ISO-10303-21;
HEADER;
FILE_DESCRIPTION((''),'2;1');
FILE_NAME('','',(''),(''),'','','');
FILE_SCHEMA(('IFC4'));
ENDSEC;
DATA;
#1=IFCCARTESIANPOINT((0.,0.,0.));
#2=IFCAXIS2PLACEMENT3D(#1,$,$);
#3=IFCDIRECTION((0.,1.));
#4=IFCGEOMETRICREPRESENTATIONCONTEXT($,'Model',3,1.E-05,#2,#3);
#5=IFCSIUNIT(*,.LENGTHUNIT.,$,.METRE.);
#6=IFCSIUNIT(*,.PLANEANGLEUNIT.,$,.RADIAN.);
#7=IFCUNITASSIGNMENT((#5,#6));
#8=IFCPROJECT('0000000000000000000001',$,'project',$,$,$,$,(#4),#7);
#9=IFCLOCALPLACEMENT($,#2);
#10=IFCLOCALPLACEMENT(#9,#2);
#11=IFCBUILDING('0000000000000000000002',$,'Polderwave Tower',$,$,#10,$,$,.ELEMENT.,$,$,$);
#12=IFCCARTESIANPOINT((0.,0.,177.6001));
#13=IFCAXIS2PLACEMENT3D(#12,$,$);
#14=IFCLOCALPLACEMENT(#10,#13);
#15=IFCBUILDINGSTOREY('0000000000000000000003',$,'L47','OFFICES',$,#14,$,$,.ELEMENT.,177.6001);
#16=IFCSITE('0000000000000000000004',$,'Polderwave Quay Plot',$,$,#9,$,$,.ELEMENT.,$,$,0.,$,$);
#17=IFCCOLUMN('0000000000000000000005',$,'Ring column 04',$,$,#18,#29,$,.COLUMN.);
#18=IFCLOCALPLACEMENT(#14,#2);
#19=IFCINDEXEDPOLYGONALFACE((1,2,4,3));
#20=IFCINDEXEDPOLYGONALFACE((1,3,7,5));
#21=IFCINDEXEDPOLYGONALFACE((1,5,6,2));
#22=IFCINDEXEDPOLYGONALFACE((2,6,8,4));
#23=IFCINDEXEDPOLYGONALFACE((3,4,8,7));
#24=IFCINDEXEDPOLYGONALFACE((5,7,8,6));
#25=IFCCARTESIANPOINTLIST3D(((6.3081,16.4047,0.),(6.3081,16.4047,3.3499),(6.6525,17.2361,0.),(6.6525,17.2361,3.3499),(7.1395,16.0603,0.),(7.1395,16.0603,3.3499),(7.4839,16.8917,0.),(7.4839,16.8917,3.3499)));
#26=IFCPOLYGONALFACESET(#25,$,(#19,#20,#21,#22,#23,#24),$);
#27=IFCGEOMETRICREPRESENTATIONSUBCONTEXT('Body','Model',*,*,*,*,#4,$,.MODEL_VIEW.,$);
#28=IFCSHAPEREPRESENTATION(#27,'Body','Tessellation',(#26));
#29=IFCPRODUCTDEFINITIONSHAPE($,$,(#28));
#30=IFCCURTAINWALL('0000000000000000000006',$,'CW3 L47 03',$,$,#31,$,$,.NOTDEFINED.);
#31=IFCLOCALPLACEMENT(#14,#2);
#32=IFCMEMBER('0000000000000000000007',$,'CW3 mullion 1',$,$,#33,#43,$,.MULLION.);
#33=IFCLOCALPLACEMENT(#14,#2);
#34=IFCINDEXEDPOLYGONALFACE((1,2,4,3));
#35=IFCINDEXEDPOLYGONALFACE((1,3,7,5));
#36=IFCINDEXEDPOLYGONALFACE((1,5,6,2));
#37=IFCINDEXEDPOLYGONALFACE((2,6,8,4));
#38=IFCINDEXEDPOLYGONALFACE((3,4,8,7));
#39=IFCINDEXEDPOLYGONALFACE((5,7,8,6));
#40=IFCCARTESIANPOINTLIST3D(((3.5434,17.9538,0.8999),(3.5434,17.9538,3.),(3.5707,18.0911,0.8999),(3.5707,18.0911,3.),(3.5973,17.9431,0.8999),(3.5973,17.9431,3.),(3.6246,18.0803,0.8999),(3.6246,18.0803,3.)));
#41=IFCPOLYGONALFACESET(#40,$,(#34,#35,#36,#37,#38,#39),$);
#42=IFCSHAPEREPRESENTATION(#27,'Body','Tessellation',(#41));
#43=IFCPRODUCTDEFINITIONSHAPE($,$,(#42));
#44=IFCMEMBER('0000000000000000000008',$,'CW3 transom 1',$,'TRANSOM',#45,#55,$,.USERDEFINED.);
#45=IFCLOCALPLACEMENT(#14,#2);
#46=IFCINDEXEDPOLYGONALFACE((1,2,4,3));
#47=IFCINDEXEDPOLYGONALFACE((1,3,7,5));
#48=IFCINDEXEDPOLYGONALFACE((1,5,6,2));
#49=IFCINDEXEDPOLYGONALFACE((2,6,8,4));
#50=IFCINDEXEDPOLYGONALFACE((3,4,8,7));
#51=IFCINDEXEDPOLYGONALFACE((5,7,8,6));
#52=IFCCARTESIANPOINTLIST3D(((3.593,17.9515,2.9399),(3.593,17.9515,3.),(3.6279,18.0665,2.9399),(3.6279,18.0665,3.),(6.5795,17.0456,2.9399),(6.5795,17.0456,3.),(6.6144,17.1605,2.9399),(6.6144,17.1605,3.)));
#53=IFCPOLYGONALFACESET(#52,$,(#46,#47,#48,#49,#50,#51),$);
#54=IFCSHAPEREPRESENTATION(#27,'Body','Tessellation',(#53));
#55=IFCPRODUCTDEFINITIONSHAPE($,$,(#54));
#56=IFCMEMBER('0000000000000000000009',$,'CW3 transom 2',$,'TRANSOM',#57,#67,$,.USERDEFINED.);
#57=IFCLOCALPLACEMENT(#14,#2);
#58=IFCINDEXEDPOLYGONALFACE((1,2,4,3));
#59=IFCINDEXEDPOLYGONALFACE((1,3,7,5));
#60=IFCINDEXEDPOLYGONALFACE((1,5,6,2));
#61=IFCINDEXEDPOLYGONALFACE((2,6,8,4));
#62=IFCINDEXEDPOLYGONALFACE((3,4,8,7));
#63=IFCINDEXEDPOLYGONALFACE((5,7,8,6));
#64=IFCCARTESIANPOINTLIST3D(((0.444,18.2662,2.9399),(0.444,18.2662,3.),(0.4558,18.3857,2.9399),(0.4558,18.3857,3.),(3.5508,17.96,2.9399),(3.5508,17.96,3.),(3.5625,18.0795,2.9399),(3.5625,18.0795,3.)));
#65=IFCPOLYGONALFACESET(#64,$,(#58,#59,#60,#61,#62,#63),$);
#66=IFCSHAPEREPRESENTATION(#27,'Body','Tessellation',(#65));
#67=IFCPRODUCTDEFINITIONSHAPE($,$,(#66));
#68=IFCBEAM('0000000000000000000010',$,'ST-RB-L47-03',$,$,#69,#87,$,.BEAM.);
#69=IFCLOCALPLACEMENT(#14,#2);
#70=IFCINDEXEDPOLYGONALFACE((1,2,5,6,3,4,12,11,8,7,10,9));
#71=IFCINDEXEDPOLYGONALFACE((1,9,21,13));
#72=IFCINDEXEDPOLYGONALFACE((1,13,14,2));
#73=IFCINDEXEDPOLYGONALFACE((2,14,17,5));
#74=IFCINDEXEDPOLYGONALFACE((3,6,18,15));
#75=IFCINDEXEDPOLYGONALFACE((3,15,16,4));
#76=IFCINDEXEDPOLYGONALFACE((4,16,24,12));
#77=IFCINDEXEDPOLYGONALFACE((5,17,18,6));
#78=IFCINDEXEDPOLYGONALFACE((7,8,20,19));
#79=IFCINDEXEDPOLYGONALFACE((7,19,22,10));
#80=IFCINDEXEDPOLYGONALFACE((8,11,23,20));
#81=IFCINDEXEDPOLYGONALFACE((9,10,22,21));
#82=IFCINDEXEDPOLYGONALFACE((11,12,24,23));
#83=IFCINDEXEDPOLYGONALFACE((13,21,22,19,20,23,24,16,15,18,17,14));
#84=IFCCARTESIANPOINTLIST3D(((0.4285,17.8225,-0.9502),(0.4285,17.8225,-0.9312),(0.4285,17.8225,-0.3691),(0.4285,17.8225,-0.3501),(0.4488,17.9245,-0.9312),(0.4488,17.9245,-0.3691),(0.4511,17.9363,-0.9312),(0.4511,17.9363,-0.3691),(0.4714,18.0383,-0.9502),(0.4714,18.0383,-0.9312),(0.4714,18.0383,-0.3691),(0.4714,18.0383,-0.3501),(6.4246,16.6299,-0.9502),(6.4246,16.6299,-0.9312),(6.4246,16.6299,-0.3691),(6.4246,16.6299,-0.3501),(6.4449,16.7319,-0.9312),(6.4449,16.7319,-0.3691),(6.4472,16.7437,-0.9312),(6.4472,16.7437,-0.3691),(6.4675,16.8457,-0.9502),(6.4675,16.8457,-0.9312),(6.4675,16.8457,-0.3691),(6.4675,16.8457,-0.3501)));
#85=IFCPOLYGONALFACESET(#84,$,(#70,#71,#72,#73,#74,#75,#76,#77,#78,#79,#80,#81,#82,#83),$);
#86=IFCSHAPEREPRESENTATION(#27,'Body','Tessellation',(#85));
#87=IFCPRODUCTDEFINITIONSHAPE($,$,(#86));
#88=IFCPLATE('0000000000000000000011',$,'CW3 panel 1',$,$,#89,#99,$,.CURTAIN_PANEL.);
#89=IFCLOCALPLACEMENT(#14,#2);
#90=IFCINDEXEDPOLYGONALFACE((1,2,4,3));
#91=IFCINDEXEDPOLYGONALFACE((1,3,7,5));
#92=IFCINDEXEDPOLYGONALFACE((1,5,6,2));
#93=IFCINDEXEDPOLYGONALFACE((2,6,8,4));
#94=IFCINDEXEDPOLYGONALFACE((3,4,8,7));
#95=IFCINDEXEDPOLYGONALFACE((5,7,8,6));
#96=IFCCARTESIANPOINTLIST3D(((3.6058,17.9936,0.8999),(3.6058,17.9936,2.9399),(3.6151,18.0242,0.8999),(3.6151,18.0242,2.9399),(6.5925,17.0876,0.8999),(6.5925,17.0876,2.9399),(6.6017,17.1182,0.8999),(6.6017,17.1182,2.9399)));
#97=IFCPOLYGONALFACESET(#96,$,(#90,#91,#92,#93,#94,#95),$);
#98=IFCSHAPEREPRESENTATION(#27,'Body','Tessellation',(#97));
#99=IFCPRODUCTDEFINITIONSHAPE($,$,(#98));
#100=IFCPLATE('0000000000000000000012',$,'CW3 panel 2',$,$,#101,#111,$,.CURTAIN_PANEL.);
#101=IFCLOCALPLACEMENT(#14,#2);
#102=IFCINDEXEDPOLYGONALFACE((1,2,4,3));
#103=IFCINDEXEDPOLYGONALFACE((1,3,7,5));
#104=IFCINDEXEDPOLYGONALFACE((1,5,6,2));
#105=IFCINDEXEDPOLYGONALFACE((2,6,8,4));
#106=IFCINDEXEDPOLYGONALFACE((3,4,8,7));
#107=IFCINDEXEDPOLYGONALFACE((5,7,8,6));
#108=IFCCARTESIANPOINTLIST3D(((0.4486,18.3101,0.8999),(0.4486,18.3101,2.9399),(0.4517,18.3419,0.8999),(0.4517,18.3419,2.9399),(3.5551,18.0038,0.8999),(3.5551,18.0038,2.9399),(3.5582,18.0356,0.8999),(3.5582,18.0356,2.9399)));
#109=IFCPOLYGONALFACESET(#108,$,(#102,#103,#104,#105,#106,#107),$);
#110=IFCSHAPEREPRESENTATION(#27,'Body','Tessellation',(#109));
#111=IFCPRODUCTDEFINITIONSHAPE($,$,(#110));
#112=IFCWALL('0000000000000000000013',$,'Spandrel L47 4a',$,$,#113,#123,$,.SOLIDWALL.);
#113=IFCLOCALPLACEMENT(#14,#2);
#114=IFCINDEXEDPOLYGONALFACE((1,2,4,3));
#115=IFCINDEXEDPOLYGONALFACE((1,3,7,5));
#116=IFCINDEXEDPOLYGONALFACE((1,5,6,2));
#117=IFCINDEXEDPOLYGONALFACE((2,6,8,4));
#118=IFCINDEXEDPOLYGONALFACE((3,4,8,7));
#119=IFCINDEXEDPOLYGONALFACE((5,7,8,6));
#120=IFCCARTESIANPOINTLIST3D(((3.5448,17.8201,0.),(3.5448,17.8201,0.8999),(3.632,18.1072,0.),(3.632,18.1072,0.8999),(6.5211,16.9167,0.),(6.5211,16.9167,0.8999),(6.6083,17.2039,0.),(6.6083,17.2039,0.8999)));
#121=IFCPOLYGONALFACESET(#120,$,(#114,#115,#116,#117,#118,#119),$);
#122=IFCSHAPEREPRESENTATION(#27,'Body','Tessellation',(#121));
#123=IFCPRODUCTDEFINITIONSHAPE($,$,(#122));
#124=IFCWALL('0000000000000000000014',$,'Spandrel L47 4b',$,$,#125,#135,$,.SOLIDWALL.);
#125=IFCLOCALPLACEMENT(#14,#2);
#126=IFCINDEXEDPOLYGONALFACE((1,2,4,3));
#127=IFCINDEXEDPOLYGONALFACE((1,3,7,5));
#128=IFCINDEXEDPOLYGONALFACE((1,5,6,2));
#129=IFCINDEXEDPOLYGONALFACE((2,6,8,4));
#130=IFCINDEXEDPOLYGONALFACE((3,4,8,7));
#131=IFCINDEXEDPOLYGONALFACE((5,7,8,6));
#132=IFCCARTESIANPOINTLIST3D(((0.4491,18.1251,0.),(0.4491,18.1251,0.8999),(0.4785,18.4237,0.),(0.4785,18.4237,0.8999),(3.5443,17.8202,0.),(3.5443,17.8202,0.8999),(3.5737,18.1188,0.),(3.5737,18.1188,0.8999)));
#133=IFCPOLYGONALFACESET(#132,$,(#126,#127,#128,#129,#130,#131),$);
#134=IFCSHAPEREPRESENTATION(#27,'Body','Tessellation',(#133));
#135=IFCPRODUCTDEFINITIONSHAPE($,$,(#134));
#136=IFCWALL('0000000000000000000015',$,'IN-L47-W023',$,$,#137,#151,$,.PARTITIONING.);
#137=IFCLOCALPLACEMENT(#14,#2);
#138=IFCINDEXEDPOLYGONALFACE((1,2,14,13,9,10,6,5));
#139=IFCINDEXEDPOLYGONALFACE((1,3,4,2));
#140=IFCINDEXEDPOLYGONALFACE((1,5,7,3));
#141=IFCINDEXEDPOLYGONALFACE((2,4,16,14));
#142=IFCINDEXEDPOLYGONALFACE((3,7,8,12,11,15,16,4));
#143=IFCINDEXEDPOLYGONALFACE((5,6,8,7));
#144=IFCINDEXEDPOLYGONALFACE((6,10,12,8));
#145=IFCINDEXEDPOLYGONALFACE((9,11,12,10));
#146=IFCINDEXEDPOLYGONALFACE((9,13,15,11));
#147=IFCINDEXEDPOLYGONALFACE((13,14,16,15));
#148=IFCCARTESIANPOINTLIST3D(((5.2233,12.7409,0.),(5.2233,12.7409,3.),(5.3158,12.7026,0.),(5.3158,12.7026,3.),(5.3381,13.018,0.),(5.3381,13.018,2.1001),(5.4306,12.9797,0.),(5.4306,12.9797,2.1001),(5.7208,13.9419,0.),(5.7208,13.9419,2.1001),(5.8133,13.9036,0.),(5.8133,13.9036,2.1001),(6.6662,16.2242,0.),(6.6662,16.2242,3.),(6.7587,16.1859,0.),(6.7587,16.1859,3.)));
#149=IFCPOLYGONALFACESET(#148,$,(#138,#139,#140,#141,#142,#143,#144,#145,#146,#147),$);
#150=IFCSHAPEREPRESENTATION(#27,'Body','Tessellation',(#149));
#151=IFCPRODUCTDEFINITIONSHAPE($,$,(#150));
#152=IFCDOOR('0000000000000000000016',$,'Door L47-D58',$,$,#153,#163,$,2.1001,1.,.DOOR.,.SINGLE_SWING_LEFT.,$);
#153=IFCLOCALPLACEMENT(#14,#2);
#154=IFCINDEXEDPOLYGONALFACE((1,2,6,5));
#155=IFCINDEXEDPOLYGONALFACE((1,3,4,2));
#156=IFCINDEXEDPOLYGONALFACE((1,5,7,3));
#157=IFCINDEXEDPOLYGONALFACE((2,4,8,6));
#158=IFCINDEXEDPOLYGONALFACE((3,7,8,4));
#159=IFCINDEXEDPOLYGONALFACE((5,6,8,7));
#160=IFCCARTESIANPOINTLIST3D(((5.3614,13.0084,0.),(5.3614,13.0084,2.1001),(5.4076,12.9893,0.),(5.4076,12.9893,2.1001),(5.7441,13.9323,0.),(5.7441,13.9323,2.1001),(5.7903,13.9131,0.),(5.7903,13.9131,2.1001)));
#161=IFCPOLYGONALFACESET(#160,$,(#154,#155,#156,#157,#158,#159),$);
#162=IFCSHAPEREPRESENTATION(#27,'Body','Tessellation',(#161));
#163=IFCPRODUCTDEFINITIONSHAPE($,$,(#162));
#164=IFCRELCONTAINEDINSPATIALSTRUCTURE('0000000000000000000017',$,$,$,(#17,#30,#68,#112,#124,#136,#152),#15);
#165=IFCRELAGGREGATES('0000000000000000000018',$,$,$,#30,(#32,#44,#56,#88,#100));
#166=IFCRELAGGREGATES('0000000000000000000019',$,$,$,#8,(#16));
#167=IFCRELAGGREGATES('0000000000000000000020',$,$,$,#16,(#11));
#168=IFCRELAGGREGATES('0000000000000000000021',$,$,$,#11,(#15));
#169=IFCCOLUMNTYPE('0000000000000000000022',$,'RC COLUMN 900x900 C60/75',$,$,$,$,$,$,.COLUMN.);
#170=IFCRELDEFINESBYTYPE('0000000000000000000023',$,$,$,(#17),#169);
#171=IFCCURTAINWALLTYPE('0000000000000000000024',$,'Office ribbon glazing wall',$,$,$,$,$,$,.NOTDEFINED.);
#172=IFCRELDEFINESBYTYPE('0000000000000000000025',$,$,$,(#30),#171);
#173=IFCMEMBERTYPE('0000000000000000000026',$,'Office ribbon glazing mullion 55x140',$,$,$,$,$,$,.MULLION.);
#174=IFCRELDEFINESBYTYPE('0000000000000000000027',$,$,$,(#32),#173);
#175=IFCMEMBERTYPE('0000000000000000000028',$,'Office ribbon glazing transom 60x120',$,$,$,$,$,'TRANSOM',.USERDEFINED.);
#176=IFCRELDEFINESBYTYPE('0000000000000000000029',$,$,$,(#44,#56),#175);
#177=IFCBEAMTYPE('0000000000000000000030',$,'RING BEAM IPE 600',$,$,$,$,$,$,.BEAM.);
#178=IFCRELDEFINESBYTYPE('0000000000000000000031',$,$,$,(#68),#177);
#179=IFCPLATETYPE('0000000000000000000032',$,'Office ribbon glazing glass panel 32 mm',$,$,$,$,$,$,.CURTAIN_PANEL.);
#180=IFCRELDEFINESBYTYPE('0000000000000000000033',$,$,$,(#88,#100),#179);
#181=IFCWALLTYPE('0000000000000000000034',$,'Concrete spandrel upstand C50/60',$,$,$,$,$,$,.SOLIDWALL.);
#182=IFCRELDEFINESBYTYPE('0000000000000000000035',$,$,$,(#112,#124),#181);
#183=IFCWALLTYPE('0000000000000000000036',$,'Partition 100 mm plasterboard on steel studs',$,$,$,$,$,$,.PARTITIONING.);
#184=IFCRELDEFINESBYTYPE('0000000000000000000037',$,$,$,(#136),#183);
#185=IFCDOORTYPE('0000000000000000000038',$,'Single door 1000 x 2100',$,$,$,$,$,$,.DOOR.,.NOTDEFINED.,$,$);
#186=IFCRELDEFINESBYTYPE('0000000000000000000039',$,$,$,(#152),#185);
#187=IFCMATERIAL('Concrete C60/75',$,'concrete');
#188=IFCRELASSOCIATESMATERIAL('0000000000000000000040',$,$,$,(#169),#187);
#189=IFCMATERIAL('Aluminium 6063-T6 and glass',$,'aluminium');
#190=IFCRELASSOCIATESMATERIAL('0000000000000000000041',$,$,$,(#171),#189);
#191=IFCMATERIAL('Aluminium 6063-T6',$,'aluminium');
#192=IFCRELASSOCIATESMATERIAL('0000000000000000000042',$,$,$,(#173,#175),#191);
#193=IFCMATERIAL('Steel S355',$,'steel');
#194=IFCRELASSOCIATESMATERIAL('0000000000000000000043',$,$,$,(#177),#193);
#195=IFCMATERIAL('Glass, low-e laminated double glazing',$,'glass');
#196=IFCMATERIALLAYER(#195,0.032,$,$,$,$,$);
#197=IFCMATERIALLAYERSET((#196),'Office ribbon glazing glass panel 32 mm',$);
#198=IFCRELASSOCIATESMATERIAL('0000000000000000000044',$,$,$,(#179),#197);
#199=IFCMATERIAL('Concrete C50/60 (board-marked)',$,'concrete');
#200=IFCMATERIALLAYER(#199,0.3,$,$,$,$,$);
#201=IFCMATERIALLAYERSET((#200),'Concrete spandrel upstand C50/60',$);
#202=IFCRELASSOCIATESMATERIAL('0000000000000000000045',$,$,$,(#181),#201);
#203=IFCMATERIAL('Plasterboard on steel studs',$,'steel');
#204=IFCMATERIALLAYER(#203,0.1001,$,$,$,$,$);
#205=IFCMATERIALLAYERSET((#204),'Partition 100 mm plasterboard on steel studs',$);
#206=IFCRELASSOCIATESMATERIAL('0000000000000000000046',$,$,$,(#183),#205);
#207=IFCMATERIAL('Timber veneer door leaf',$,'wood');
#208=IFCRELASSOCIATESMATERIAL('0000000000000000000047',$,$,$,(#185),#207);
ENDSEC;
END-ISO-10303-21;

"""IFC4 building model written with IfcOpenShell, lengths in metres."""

from ifc_helpers import new_model, si_unit, direction, frame, frame_2d, origin, origin_2d, place, context, subcontext, project, spatial, rectangle, i_section, extrude, material, layer, layer_set, material_profile, profile_set, type_object, element, fill, aggregate, save


model = new_model("IFC4")

# Units and contexts
model_context = context("Model", 3, precision=1e-05, world=origin(), true_north=direction((0.0, 1.0)))
body_context = subcontext(model_context, "Body", "Model", "MODEL_VIEW")
ifc_project = project(units=[si_unit("LENGTHUNIT", "METRE"), si_unit("PLANEANGLEUNIT", "RADIAN")], contexts=[model_context])

# Site, building, storey
site_placement = place(None, origin())
site = spatial("IfcSite", under=ifc_project, at=site_placement, Name="Polderwave Quay Plot", CompositionType="ELEMENT", RefElevation=0.0)
building_placement = place(site_placement, origin())
building = spatial("IfcBuilding", under=site, at=building_placement, Name="Polderwave Tower", CompositionType="ELEMENT")
storey_placement = place(building_placement, frame((0.0, 0.0, 177.6001)))
storey = spatial("IfcBuildingStorey", under=building, at=storey_placement, Name="L47", Description="OFFICES", CompositionType="ELEMENT", Elevation=177.6001)

# Column
ifc_material_1 = material(Name="Concrete C60/75", Category="concrete")
ifc_material_profile_1 = material_profile(ifc_material_1, rectangle(XDim=0.8999, YDim=0.8999, at=origin_2d()), Name="RC 900x900")
ifc_profile_set_1 = profile_set([ifc_material_profile_1], Name="Concrete C60/75")
column_type = type_object("IfcColumnType", Name="RC COLUMN 900x900 C60/75", PredefinedType="COLUMN", material=ifc_profile_set_1)
column_placement = place(storey_placement, frame((6.896, 16.6482, 0.0), z_axis=(0.0, 0.0, 1.0), x_axis=(0.382683, 0.92388, 0.0)))
element("IfcColumn", 1, at=column_placement, inside=storey, type_object=column_type, Name="Ring column 04", PredefinedType="COLUMN", context=body_context, shape_type="SweptSolid", body=[
    extrude(rectangle(XDim=0.8999, YDim=0.8999, at=origin_2d()), origin(), (0.0, 0.0, 1.0), 3.3499),
])

# Curtain wall, members
ifc_material_2 = material(Name="Aluminium 6063-T6 and glass", Category="aluminium")
curtain_wall_type = type_object("IfcCurtainWallType", Name="Office ribbon glazing wall", PredefinedType="NOTDEFINED", material=ifc_material_2)
curtain_wall_placement = place(storey_placement, origin())
curtain_wall = element("IfcCurtainWall", 2, at=curtain_wall_placement, inside=storey, type_object=curtain_wall_type, Name="CW3 L47 03", PredefinedType="NOTDEFINED")
ifc_material_3 = material(Name="Aluminium 6063-T6", Category="aluminium")
ifc_material_profile_2 = material_profile(ifc_material_3, rectangle(XDim=0.1399, YDim=0.0549, at=origin_2d()), Name="AL 55x140")
ifc_profile_set_2 = profile_set([ifc_material_profile_2], Name="Aluminium 6063-T6")
member_type_1 = type_object("IfcMemberType", Name="Office ribbon glazing mullion 55x140", PredefinedType="MULLION", material=ifc_profile_set_2)
member_1_placement = place(storey_placement, frame((3.584, 18.0171, 0.8999), z_axis=(0.0, 0.0, 1.0), x_axis=(-0.195143, -0.980775, 0.0)))
member_1 = element("IfcMember", 3, at=member_1_placement, type_object=member_type_1, Name="CW3 mullion 1", PredefinedType="MULLION", context=body_context, shape_type="SweptSolid", body=[
    extrude(rectangle(XDim=0.1399, YDim=0.0549, at=origin_2d()), origin(), (0.0, 0.0, 1.0), 2.1001),
])
ifc_material_profile_3 = material_profile(ifc_material_3, rectangle(XDim=0.1201, YDim=0.0601, at=origin_2d()), Name="AL 60x120")
ifc_profile_set_3 = profile_set([ifc_material_profile_3], Name="Aluminium 6063-T6")
member_type_2 = type_object("IfcMemberType", Name="Office ribbon glazing transom 60x120", ElementType="TRANSOM", PredefinedType="USERDEFINED", material=ifc_profile_set_3)
member_2_placement = place(storey_placement, frame((6.5969, 17.103, 2.97), z_axis=(-0.956937, 0.290296, 0.0), x_axis=(-0.290296, -0.956937, 0.0)))
member_2 = element("IfcMember", 4, at=member_2_placement, type_object=member_type_2, Name="CW3 transom 1", ObjectType="TRANSOM", PredefinedType="USERDEFINED", context=body_context, shape_type="SweptSolid", body=[
    extrude(rectangle(XDim=0.1201, YDim=0.0601, at=origin_2d()), origin(), (0.0, 0.0, 1.0), 3.1208),
])
member_3_placement = place(storey_placement, frame((3.5566, 18.0198, 2.97), z_axis=(-0.995179, 0.098071, 0.0), x_axis=(-0.098071, -0.995179, 0.0)))
member_3 = element("IfcMember", 5, at=member_3_placement, type_object=member_type_2, Name="CW3 transom 2", ObjectType="TRANSOM", PredefinedType="USERDEFINED", context=body_context, shape_type="SweptSolid", body=[
    extrude(rectangle(XDim=0.1201, YDim=0.0601, at=origin_2d()), origin(), (0.0, 0.0, 1.0), 3.1218),
])

# Beam
ifc_material_4 = material(Name="Steel S355", Category="steel")
ifc_material_profile_4 = material_profile(ifc_material_4, i_section(OverallWidth=0.22, OverallDepth=0.6001, WebThickness=0.012, FlangeThickness=0.019, at=origin_2d()), Name="IPE 600")
ifc_profile_set_4 = profile_set([ifc_material_profile_4], Name="Steel S355")
beam_type = type_object("IfcBeamType", Name="RING BEAM IPE 600", PredefinedType="BEAM", material=ifc_profile_set_4)
beam_placement = place(storey_placement, frame((6.446, 16.7378, -0.6501), z_axis=(-0.980787, 0.195079, 0.0), x_axis=(-0.195079, -0.980787, 0.0)))
element("IfcBeam", 6, at=beam_placement, inside=storey, type_object=beam_type, Name="ST-RB-L47-03", PredefinedType="BEAM", context=body_context, shape_type="SweptSolid", body=[
    extrude(i_section(OverallWidth=0.22, OverallDepth=0.6001, WebThickness=0.012, FlangeThickness=0.019, at=origin_2d()), origin(), (0.0, 0.0, 1.0), 6.1135),
])

# Plates
ifc_material_5 = material(Name="Glass, low-e laminated double glazing", Category="glass")
ifc_layer_1 = layer(ifc_material_5, 0.032)
ifc_layer_set_1 = layer_set([ifc_layer_1], Name="Office ribbon glazing glass panel 32 mm")
plate_type = type_object("IfcPlateType", Name="Office ribbon glazing glass panel 32 mm", PredefinedType="CURTAIN_PANEL", material=ifc_layer_set_1)
plate_1_placement = place(storey_placement, frame((5.1038, 17.5559, 0.8999), z_axis=(0.0, 0.0, 1.0), x_axis=(-0.956939, 0.29029, 0.0)))
plate_1 = element("IfcPlate", 7, at=plate_1_placement, type_object=plate_type, Name="CW3 panel 1", PredefinedType="CURTAIN_PANEL", context=body_context, shape_type="SweptSolid", body=[
    extrude(rectangle(XDim=3.1211, YDim=0.032, at=origin_2d()), origin(), (0.0, 0.0, 1.0), 2.04),
])
plate_2_placement = place(storey_placement, frame((2.0034, 18.1729, 0.8999), z_axis=(0.0, 0.0, 1.0), x_axis=(-0.995175, 0.09812, 0.0)))
plate_2 = element("IfcPlate", 8, at=plate_2_placement, type_object=plate_type, Name="CW3 panel 2", PredefinedType="CURTAIN_PANEL", context=body_context, shape_type="SweptSolid", body=[
    extrude(rectangle(XDim=3.1216, YDim=0.032, at=origin_2d()), origin(), (0.0, 0.0, 1.0), 2.04),
])
aggregate(curtain_wall, [member_1, member_2, member_3, plate_1, plate_2])

# Walls
ifc_material_6 = material(Name="Concrete C50/60 (board-marked)", Category="concrete")
ifc_layer_2 = layer(ifc_material_6, 0.3)
ifc_layer_set_2 = layer_set([ifc_layer_2], Name="Concrete spandrel upstand C50/60")
wall_type_1 = type_object("IfcWallType", Name="Concrete spandrel upstand C50/60", PredefinedType="SOLIDWALL", material=ifc_layer_set_2)
wall_1_placement = place(storey_placement, frame((6.5647, 17.0603, 0.0), z_axis=(0.0, 0.0, 1.0), x_axis=(-0.956899, 0.290421, 0.0)))
element("IfcWall", 9, at=wall_1_placement, inside=storey, type_object=wall_type_1, Name="Spandrel L47 4a", PredefinedType="SOLIDWALL", context=body_context, shape_type="SweptSolid", body=[
    extrude(rectangle(XDim=3.1104, YDim=0.3, at=frame_2d((1.5552, 0.0))), origin(), (0.0, 0.0, 1.0), 0.8999),
])
wall_2_placement = place(storey_placement, frame((3.5591, 17.9695, 0.0), z_axis=(0.0, 0.0, 1.0), x_axis=(-0.995182, 0.098042, 0.0)))
element("IfcWall", 10, at=wall_2_placement, inside=storey, type_object=wall_type_1, Name="Spandrel L47 4b", PredefinedType="SOLIDWALL", context=body_context, shape_type="SweptSolid", body=[
    extrude(rectangle(XDim=3.1101, YDim=0.3, at=frame_2d((1.5552, 0.0))), origin(), (0.0, 0.0, 1.0), 0.8999),
])

# Wall, opening, door
ifc_material_7 = material(Name="Plasterboard on steel studs", Category="steel")
ifc_layer_3 = layer(ifc_material_7, 0.1001)
ifc_layer_set_3 = layer_set([ifc_layer_3], Name="Partition 100 mm plasterboard on steel studs")
wall_type_2 = type_object("IfcWallType", Name="Partition 100 mm plasterboard on steel studs", PredefinedType="PARTITIONING", material=ifc_layer_set_3)
wall_3_placement = place(storey_placement, frame((5.2695, 12.7217, 0.0), z_axis=(0.0, 0.0, 1.0), x_axis=(0.382706, 0.92387, 0.0)))
wall_3 = element("IfcWall", 11, at=wall_3_placement, inside=storey, type_object=wall_type_2, Name="IN-L47-W023", PredefinedType="PARTITIONING", context=body_context, shape_type="SweptSolid", body=[
    extrude(rectangle(XDim=3.7703, YDim=0.1001, at=frame_2d((1.8853, 0.0))), origin(), (0.0, 0.0, 1.0), 3.0),
])
opening_1_placement = place(wall_3_placement, frame((0.3, 0.0, 0.0)))
opening_1 = element("IfcOpeningElement", 12, at=opening_1_placement, cuts=wall_3, PredefinedType="OPENING", context=body_context, shape_type="SweptSolid", body=[
    extrude(rectangle(XDim=1.0, YDim=2.1001, at=frame_2d((0.5, 1.05))), frame((0.0, 0.0601, 0.0), z_axis=(0.0, -1.0, 0.0), x_axis=(1.0, 0.0, 0.0)), (0.0, 0.0, 1.0), 0.1201),
])
ifc_material_8 = material(Name="Timber veneer door leaf", Category="wood")
door_type_1 = type_object("IfcDoorType", Name="Single door 1000 x 2100", OperationType="NOTDEFINED", PredefinedType="DOOR", material=ifc_material_8)
door_1_placement = place(opening_1_placement, origin())
door_1 = element("IfcDoor", 13, at=door_1_placement, inside=storey, type_object=door_type_1, Name="Door L47-D58", OperationType="SINGLE_SWING_LEFT", OverallHeight=2.1001, OverallWidth=1.0, PredefinedType="DOOR", context=body_context, shape_type="SweptSolid", body=[
    extrude(rectangle(XDim=1.0, YDim=2.1001, at=frame_2d((0.5, 1.05))), frame((0.0, 0.0249, 0.0), z_axis=(0.0, -1.0, 0.0), x_axis=(1.0, 0.0, 0.0)), (0.0, 0.0, 1.0), 0.05),
])
fill(opening_1, door_1)

save(model, "model.ifc")
